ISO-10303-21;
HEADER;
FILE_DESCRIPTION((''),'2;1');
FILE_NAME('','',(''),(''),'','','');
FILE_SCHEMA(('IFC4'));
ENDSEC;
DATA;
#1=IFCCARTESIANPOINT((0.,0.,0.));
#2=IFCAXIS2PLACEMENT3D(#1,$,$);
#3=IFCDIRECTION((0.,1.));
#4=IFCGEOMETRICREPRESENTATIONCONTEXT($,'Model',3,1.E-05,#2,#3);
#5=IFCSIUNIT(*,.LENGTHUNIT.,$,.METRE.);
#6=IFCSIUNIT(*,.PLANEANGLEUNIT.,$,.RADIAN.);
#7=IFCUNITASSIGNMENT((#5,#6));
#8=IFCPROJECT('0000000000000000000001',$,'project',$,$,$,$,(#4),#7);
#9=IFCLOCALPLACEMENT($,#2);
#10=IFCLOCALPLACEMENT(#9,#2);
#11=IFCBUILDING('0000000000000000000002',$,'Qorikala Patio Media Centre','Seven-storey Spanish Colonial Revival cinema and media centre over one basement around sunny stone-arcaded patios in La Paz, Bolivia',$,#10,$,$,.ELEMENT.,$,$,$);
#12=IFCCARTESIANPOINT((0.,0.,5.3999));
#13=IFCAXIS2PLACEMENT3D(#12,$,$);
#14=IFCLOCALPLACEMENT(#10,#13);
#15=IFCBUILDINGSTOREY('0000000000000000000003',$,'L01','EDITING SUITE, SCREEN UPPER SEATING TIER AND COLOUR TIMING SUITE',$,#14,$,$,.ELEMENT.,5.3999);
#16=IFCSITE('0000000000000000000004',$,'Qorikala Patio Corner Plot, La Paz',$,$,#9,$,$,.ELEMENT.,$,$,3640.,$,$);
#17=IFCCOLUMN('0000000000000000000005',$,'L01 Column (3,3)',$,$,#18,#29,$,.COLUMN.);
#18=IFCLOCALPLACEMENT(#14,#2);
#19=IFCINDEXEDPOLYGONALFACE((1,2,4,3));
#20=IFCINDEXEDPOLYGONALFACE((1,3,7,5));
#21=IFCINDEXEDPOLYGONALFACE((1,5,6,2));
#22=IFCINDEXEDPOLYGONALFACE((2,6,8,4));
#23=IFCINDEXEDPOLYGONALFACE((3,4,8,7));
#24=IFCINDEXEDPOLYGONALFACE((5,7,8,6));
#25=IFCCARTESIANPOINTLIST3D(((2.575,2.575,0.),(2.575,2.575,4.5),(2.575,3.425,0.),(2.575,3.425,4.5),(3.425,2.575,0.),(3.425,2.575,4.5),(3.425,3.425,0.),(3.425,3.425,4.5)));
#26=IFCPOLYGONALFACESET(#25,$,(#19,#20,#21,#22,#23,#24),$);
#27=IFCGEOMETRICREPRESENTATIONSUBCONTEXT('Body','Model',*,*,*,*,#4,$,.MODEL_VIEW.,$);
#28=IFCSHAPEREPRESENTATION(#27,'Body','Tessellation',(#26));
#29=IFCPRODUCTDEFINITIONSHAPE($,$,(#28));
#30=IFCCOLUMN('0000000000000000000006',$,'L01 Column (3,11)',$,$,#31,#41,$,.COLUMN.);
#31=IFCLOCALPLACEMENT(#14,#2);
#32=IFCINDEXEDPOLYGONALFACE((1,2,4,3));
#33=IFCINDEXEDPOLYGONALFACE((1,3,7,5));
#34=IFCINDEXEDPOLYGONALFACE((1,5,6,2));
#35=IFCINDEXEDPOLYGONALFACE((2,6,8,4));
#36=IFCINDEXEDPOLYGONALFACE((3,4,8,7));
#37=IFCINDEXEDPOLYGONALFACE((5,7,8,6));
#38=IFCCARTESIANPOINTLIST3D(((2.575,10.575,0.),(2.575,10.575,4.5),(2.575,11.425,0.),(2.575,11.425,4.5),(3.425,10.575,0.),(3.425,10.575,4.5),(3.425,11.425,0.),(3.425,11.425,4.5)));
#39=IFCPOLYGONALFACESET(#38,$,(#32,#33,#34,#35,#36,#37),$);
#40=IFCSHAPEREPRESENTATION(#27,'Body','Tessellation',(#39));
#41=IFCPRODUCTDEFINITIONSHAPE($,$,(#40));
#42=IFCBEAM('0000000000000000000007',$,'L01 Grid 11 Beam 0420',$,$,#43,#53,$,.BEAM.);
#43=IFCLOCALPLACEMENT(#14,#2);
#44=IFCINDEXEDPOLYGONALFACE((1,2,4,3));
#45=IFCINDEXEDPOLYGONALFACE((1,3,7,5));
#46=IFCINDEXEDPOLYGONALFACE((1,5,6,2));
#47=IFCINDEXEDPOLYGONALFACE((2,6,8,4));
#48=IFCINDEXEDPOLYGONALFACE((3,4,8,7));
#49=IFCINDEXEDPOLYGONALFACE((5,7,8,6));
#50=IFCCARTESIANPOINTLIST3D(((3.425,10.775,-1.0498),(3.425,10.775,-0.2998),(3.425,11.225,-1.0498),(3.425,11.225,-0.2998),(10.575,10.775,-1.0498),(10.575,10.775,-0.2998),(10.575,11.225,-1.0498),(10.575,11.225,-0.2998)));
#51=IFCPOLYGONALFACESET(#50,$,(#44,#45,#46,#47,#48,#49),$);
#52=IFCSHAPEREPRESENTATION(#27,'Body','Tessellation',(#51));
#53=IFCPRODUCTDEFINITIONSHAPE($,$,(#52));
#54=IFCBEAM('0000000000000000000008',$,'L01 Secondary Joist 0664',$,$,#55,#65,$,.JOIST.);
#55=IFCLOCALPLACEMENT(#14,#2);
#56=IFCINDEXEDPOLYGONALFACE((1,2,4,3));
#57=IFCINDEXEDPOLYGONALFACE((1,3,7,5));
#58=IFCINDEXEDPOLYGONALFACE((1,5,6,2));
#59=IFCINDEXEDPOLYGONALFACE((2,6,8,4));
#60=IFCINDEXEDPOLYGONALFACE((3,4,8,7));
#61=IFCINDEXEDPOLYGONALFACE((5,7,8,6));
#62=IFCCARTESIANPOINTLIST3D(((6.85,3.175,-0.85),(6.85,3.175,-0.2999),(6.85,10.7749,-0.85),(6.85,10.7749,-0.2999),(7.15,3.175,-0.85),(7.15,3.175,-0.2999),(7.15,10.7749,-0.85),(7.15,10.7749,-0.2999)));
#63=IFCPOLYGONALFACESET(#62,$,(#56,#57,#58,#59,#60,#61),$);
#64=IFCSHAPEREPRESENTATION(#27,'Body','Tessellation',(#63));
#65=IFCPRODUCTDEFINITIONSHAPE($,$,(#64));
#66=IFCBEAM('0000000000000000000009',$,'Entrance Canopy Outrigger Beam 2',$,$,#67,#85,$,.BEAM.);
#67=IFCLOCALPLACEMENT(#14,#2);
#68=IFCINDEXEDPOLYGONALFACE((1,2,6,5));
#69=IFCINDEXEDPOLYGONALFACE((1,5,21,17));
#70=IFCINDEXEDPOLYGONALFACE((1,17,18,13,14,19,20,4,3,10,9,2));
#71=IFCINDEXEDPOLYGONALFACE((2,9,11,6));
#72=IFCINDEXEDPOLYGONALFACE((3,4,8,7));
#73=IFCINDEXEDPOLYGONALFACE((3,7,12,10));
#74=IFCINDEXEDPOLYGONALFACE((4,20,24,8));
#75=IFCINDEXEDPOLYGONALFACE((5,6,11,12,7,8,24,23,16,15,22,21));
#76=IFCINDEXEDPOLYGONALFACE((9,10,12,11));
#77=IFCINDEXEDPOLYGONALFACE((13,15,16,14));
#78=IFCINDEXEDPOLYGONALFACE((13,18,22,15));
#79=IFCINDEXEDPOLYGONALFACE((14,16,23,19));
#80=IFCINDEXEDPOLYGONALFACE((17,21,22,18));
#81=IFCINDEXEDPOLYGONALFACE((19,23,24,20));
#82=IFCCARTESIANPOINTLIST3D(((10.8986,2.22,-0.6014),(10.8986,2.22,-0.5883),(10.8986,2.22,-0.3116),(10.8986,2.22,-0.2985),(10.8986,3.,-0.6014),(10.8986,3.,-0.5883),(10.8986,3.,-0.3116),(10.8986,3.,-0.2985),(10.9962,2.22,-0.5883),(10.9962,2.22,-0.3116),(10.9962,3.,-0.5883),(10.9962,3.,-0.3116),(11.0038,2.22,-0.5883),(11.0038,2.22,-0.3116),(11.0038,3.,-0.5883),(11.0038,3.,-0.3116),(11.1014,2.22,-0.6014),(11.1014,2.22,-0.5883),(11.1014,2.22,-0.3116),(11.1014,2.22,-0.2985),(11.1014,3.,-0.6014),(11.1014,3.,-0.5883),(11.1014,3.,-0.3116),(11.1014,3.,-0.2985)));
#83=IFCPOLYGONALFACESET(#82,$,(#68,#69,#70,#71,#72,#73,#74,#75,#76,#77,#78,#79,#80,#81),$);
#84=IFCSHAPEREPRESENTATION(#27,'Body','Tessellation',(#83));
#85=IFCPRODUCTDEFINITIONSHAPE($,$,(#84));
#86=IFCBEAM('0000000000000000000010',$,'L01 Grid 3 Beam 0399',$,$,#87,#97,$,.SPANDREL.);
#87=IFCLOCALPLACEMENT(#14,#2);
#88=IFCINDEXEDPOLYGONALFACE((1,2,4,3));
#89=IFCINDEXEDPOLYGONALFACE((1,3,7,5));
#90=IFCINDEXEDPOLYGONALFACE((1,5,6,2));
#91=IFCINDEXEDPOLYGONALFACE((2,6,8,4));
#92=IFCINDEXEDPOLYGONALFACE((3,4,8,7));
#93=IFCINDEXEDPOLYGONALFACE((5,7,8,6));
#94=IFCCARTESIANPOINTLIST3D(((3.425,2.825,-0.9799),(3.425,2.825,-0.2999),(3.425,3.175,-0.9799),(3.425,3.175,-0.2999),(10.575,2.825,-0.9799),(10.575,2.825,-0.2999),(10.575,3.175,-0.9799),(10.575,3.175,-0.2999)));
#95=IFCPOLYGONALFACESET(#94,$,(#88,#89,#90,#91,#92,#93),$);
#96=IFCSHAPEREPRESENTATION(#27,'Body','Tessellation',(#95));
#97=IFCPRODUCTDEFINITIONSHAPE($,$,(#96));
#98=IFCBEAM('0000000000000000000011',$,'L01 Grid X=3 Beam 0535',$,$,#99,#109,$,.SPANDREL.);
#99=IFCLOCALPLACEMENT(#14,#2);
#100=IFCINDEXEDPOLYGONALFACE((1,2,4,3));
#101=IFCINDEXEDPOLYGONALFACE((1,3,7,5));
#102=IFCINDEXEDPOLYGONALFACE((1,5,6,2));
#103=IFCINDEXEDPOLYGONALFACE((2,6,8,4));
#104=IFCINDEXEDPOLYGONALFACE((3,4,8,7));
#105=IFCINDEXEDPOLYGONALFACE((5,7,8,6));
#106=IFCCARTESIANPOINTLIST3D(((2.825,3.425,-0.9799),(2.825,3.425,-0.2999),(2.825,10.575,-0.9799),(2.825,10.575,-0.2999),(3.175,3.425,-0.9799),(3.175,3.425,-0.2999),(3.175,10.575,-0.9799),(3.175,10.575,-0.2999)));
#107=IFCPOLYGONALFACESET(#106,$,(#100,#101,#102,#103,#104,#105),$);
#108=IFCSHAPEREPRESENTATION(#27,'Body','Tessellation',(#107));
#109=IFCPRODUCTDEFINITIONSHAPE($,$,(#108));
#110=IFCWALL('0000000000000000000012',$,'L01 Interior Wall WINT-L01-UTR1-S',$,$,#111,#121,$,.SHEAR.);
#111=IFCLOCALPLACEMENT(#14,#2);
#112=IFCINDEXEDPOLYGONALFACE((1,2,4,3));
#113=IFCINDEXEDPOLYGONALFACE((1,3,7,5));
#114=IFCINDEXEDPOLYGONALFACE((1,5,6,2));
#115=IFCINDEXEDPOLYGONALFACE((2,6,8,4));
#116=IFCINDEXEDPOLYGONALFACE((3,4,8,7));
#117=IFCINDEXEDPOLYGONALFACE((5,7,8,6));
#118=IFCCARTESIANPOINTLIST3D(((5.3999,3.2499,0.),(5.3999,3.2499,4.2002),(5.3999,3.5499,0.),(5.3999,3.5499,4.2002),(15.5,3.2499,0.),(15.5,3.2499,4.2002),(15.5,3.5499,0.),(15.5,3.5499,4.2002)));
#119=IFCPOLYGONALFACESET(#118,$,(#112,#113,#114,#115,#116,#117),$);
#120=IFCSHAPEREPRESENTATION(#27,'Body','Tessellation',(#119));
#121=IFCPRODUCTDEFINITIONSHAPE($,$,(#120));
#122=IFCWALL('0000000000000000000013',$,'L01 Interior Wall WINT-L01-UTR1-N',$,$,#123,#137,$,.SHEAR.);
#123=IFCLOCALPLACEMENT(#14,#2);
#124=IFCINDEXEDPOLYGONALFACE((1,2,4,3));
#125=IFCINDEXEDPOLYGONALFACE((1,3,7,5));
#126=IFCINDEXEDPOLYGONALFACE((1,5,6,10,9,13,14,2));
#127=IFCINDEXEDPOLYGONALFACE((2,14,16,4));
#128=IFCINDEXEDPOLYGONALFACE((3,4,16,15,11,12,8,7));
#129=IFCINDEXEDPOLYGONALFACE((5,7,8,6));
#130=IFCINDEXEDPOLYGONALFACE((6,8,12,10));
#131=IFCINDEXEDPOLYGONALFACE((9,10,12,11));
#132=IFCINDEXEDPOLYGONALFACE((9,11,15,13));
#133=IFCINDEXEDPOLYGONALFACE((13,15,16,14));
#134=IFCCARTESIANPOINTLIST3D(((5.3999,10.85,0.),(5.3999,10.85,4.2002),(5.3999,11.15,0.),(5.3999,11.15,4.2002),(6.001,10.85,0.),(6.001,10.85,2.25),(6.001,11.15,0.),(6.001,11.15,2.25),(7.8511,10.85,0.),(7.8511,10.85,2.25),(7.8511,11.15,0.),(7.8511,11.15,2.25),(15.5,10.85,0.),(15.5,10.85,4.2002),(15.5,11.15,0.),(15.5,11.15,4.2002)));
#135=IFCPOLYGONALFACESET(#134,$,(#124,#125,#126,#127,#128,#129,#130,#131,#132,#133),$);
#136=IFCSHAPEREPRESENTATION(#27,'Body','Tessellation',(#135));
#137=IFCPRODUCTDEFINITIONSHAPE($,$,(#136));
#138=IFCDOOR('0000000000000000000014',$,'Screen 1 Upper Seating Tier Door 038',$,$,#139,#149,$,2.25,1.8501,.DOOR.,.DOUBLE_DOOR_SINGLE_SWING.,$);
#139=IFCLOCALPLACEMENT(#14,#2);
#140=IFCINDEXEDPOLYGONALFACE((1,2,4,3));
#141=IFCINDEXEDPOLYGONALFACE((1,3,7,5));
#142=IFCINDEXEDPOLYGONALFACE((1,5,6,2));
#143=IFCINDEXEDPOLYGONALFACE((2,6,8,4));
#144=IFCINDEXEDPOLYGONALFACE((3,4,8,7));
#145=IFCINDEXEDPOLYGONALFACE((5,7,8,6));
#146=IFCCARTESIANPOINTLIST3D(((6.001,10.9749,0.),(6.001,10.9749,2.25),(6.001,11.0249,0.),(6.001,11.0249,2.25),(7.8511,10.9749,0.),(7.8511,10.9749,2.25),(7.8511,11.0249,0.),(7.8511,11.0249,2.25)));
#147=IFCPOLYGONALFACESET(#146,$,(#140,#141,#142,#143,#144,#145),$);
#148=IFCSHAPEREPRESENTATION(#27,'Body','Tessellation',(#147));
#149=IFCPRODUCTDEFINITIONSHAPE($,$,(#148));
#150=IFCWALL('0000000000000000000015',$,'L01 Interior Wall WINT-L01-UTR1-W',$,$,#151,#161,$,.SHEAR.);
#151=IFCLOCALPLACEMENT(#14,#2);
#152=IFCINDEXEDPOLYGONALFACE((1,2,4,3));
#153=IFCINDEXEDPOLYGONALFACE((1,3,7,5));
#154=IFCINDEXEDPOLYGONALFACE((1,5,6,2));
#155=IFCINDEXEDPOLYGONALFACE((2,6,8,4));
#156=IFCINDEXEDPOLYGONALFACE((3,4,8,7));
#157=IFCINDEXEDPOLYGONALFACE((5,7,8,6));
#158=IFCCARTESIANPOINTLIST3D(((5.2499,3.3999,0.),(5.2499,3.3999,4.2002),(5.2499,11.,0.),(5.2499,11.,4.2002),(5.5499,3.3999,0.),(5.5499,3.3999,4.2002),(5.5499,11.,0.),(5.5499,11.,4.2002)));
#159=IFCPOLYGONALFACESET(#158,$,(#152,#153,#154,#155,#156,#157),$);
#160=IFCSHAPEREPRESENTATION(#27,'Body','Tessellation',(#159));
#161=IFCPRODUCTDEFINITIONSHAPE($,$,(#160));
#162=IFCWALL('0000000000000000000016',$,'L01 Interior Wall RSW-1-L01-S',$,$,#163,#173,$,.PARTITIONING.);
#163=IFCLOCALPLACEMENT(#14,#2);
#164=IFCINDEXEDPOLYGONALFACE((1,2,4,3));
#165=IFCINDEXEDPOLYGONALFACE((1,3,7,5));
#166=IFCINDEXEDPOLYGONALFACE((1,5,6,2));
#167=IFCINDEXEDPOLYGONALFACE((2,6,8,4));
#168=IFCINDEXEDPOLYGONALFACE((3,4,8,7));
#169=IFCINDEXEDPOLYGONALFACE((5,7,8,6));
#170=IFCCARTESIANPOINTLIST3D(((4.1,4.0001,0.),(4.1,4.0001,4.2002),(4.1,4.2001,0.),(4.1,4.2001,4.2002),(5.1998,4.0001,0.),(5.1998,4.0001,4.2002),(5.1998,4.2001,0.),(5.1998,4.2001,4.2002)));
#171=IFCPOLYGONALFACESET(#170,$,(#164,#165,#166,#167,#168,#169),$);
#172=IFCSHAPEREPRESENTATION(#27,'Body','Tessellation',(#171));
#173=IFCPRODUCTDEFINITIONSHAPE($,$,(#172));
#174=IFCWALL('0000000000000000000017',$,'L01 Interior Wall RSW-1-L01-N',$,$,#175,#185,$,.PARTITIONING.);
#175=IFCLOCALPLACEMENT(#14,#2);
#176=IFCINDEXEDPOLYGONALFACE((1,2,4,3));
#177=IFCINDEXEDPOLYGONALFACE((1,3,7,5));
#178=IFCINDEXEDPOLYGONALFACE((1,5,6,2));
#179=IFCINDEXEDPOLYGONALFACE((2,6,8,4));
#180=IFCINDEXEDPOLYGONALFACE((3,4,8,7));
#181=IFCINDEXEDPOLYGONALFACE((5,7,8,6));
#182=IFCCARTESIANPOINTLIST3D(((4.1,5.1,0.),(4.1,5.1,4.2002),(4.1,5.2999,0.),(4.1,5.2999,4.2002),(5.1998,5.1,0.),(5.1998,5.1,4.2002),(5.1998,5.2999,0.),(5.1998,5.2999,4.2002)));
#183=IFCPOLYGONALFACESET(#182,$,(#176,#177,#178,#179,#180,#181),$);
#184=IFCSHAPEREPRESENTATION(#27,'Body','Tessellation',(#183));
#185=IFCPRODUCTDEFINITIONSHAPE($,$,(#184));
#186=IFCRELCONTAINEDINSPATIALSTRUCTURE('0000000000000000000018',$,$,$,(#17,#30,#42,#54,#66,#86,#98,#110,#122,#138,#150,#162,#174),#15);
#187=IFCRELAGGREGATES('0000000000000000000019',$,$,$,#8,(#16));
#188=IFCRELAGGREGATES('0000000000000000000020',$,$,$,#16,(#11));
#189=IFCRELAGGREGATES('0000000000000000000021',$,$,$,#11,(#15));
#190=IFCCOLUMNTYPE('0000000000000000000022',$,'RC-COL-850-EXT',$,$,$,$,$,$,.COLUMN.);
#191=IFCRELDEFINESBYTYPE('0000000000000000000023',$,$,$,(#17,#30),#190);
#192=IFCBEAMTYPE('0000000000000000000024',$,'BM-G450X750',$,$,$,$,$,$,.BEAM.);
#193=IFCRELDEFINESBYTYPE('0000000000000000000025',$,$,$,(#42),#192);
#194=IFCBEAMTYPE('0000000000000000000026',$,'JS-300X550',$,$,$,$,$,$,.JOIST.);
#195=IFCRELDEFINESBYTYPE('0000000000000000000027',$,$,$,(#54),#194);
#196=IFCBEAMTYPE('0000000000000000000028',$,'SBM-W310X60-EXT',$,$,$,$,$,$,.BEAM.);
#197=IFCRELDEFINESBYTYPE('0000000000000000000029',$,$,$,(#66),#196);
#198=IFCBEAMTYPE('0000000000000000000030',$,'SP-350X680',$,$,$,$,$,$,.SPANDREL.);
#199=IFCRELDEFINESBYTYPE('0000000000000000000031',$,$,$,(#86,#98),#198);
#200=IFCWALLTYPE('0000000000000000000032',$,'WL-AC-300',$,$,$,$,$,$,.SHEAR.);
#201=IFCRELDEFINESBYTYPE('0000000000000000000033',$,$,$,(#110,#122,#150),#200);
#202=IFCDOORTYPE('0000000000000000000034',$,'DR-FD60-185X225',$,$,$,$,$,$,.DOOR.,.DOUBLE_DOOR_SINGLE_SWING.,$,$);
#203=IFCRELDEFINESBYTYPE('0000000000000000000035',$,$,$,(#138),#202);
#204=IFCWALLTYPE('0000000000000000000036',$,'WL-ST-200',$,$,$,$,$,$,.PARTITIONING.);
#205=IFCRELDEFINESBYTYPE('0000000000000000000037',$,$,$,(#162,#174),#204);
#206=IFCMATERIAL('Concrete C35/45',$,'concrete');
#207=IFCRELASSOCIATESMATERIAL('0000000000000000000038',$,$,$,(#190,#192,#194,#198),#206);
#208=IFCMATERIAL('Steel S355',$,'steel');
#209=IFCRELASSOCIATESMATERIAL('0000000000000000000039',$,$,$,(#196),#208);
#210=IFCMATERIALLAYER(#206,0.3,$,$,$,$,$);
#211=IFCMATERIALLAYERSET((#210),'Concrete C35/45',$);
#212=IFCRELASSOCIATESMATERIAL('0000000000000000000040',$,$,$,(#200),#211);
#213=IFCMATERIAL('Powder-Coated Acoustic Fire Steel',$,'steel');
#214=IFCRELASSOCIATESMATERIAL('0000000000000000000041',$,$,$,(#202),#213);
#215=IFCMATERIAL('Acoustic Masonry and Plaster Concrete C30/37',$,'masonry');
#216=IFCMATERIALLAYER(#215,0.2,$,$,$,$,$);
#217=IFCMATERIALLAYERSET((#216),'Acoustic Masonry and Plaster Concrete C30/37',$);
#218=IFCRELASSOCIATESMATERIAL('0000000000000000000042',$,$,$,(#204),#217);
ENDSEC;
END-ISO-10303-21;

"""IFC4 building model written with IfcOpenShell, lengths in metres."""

from ifc_helpers import new_model, si_unit, direction, frame, frame_2d, origin, origin_2d, place, context, subcontext, project, spatial, rectangle, i_section, extrude, material, layer, layer_set, material_profile, profile_set, type_object, element, fill, save


model = new_model("IFC4")

# Units and contexts
model_context = context("Model", 3, precision=1e-05, world=origin(), true_north=direction((0.0, 1.0)))
body_context = subcontext(model_context, "Body", "Model", "MODEL_VIEW")
ifc_project = project(units=[si_unit("LENGTHUNIT", "METRE"), si_unit("PLANEANGLEUNIT", "RADIAN")], contexts=[model_context])

# Site, building, storey
site_placement = place(None, origin())
site = spatial("IfcSite", under=ifc_project, at=site_placement, Name="Qorikala Patio Corner Plot, La Paz", CompositionType="ELEMENT", RefElevation=3640.0)
building_placement = place(site_placement, origin())
building = spatial("IfcBuilding", under=site, at=building_placement, Name="Qorikala Patio Media Centre", Description="Seven-storey Spanish Colonial Revival cinema and media centre over one basement around sunny stone-arcaded patios in La Paz, Bolivia", CompositionType="ELEMENT")
storey_placement = place(building_placement, frame((0.0, 0.0, 5.3999)))
storey = spatial("IfcBuildingStorey", under=building, at=storey_placement, Name="L01", Description="EDITING SUITE, SCREEN UPPER SEATING TIER AND COLOUR TIMING SUITE", CompositionType="ELEMENT", Elevation=5.3999)

# Columns
ifc_material_1 = material(Name="Concrete C35/45", Category="concrete")
ifc_material_profile_1 = material_profile(ifc_material_1, rectangle(XDim=0.8501, YDim=0.8501, at=origin_2d()), Name="RC 850x850")
ifc_profile_set_1 = profile_set([ifc_material_profile_1], Name="Concrete C35/45")
column_type = type_object("IfcColumnType", Name="RC-COL-850-EXT", PredefinedType="COLUMN", material=ifc_profile_set_1)
for number, where, z_axis, x_axis, name in (
    (1, (3.0, 3.0, 0.0), (0.0, 0.0, 1.0), (1.0, 0.0, 0.0), "L01 Column (3,3)"),
    (2, (3.0, 11.0, 0.0), (0.0, 0.0, 1.0), (1.0, 0.0, 0.0), "L01 Column (3,11)"),
):
    element("IfcColumn", number, at=place(storey_placement, frame(where, z_axis=z_axis, x_axis=x_axis)), inside=storey, type_object=column_type, Name=name, PredefinedType="COLUMN", context=body_context, shape_type="SweptSolid", body=[
        extrude(rectangle(XDim=0.8501, YDim=0.8501, at=origin_2d()), origin(), (0.0, 0.0, 1.0), 4.5),
    ])

# Beams
ifc_material_profile_2 = material_profile(ifc_material_1, rectangle(XDim=0.45, YDim=0.75, at=origin_2d()), Name="RC 450x750")
ifc_profile_set_2 = profile_set([ifc_material_profile_2], Name="Concrete C35/45")
beam_type_1 = type_object("IfcBeamType", Name="BM-G450X750", PredefinedType="BEAM", material=ifc_profile_set_2)
beam_1_placement = place(storey_placement, frame((3.425, 11.0, -0.6748), z_axis=(1.0, 0.0, 0.0), x_axis=(0.0, 1.0, 0.0)))
element("IfcBeam", 3, at=beam_1_placement, inside=storey, type_object=beam_type_1, Name="L01 Grid 11 Beam 0420", PredefinedType="BEAM", context=body_context, shape_type="SweptSolid", body=[
    extrude(rectangle(XDim=0.45, YDim=0.75, at=origin_2d()), origin(), (0.0, 0.0, 1.0), 7.1499),
])
ifc_material_profile_3 = material_profile(ifc_material_1, rectangle(XDim=0.3, YDim=0.55, at=origin_2d()), Name="RC 300x550")
ifc_profile_set_3 = profile_set([ifc_material_profile_3], Name="Concrete C35/45")
beam_type_2 = type_object("IfcBeamType", Name="JS-300X550", PredefinedType="JOIST", material=ifc_profile_set_3)
beam_2_placement = place(storey_placement, frame((7.0, 3.175, -0.575), z_axis=(0.0, 1.0, 0.0), x_axis=(-1.0, 0.0, 0.0)))
element("IfcBeam", 4, at=beam_2_placement, inside=storey, type_object=beam_type_2, Name="L01 Secondary Joist 0664", PredefinedType="JOIST", context=body_context, shape_type="SweptSolid", body=[
    extrude(rectangle(XDim=0.3, YDim=0.55, at=origin_2d()), origin(), (0.0, 0.0, 1.0), 7.5999),
])
ifc_material_2 = material(Name="Steel S355", Category="steel")
ifc_material_profile_4 = material_profile(ifc_material_2, i_section(OverallWidth=0.2029, OverallDepth=0.303, WebThickness=0.0076, FlangeThickness=0.0132, at=origin_2d()), Name="W310X60")
ifc_profile_set_4 = profile_set([ifc_material_profile_4], Name="Steel S355")
beam_type_3 = type_object("IfcBeamType", Name="SBM-W310X60-EXT", PredefinedType="BEAM", material=ifc_profile_set_4)
beam_3_placement = place(storey_placement, frame((11.0, 2.22, -0.45), z_axis=(0.0, 1.0, 0.0), x_axis=(-1.0, 0.0, 0.0)))
element("IfcBeam", 5, at=beam_3_placement, inside=storey, type_object=beam_type_3, Name="Entrance Canopy Outrigger Beam 2", PredefinedType="BEAM", context=body_context, shape_type="SweptSolid", body=[
    extrude(i_section(OverallWidth=0.2029, OverallDepth=0.303, WebThickness=0.0076, FlangeThickness=0.0132, at=origin_2d()), origin(), (0.0, 0.0, 1.0), 0.78),
])
ifc_material_profile_5 = material_profile(ifc_material_1, rectangle(XDim=0.3501, YDim=0.6799, at=origin_2d()), Name="RC 350x680")
ifc_profile_set_5 = profile_set([ifc_material_profile_5], Name="Concrete C35/45")
beam_type_4 = type_object("IfcBeamType", Name="SP-350X680", PredefinedType="SPANDREL", material=ifc_profile_set_5)
for number, where, z_axis, x_axis, name in (
    (6, (3.425, 3.0, -0.6399), (1.0, 0.0, 0.0), (0.0, 1.0, 0.0), "L01 Grid 3 Beam 0399"),
    (7, (3.0, 3.425, -0.6399), (0.0, 1.0, 0.0), (-1.0, 0.0, 0.0), "L01 Grid X=3 Beam 0535"),
):
    element("IfcBeam", number, at=place(storey_placement, frame(where, z_axis=z_axis, x_axis=x_axis)), inside=storey, type_object=beam_type_4, Name=name, PredefinedType="SPANDREL", context=body_context, shape_type="SweptSolid", body=[
        extrude(rectangle(XDim=0.3501, YDim=0.6799, at=origin_2d()), origin(), (0.0, 0.0, 1.0), 7.1499),
    ])

# Wall
ifc_layer_1 = layer(ifc_material_1, 0.3)
ifc_layer_set_1 = layer_set([ifc_layer_1], Name="Concrete C35/45")
wall_type_1 = type_object("IfcWallType", Name="WL-AC-300", PredefinedType="SHEAR", material=ifc_layer_set_1)
wall_1_placement = place(storey_placement, frame((5.3999, 3.3999, 0.0), z_axis=(0.0, 0.0, 1.0), x_axis=(1.0, 0.0, 0.0)))
element("IfcWall", 8, at=wall_1_placement, inside=storey, type_object=wall_type_1, Name="L01 Interior Wall WINT-L01-UTR1-S", PredefinedType="SHEAR", context=body_context, shape_type="SweptSolid", body=[
    extrude(rectangle(XDim=10.1001, YDim=0.3, at=frame_2d((5.05, 0.0))), origin(), (0.0, 0.0, 1.0), 4.2002),
])

# Wall, opening, door
wall_2_placement = place(storey_placement, frame((5.3999, 11.0, 0.0), z_axis=(0.0, 0.0, 1.0), x_axis=(1.0, 0.0, 0.0)))
wall_2 = element("IfcWall", 9, at=wall_2_placement, inside=storey, type_object=wall_type_1, Name="L01 Interior Wall WINT-L01-UTR1-N", PredefinedType="SHEAR", context=body_context, shape_type="SweptSolid", body=[
    extrude(rectangle(XDim=10.1001, YDim=0.3, at=frame_2d((5.05, 0.0))), origin(), (0.0, 0.0, 1.0), 4.2002),
])
opening_1_placement = place(wall_2_placement, frame((0.6011, 0.0, 0.0)))
opening_1 = element("IfcOpeningElement", 10, at=opening_1_placement, cuts=wall_2, PredefinedType="OPENING", context=body_context, shape_type="SweptSolid", body=[
    extrude(rectangle(XDim=1.8501, YDim=2.25, at=frame_2d((0.925, 1.125))), frame((0.0, 0.1599, 0.0), z_axis=(0.0, -1.0, 0.0), x_axis=(1.0, 0.0, 0.0)), (0.0, 0.0, 1.0), 0.3201),
])
ifc_material_3 = material(Name="Powder-Coated Acoustic Fire Steel", Category="steel")
door_type = type_object("IfcDoorType", Name="DR-FD60-185X225", OperationType="DOUBLE_DOOR_SINGLE_SWING", PredefinedType="DOOR", material=ifc_material_3)
door_placement = place(opening_1_placement, origin())
door = element("IfcDoor", 11, at=door_placement, inside=storey, type_object=door_type, Name="Screen 1 Upper Seating Tier Door 038", OperationType="DOUBLE_DOOR_SINGLE_SWING", OverallHeight=2.25, OverallWidth=1.8501, PredefinedType="DOOR", context=body_context, shape_type="SweptSolid", body=[
    extrude(rectangle(XDim=1.8501, YDim=2.25, at=frame_2d((0.925, 1.125))), frame((0.0, 0.0249, 0.0), z_axis=(0.0, -1.0, 0.0), x_axis=(1.0, 0.0, 0.0)), (0.0, 0.0, 1.0), 0.05),
])
fill(opening_1, door)

# Walls
wall_3_placement = place(storey_placement, frame((5.3999, 3.3999, 0.0), z_axis=(0.0, 0.0, 1.0), x_axis=(0.0, 1.0, 0.0)))
element("IfcWall", 12, at=wall_3_placement, inside=storey, type_object=wall_type_1, Name="L01 Interior Wall WINT-L01-UTR1-W", PredefinedType="SHEAR", context=body_context, shape_type="SweptSolid", body=[
    extrude(rectangle(XDim=7.6001, YDim=0.3, at=frame_2d((3.8, 0.0))), origin(), (0.0, 0.0, 1.0), 4.2002),
])
ifc_material_4 = material(Name="Acoustic Masonry and Plaster Concrete C30/37", Category="masonry")
ifc_layer_2 = layer(ifc_material_4, 0.2)
ifc_layer_set_2 = layer_set([ifc_layer_2], Name="Acoustic Masonry and Plaster Concrete C30/37")
wall_type_2 = type_object("IfcWallType", Name="WL-ST-200", PredefinedType="PARTITIONING", material=ifc_layer_set_2)
for number, where, z_axis, x_axis, name in (
    (13, (4.1001, 4.1001, 0.0), (0.0, 0.0, 1.0), (1.0, 0.0, 0.0), "L01 Interior Wall RSW-1-L01-S"),
    (14, (4.1001, 5.2, 0.0), (0.0, 0.0, 1.0), (1.0, 0.0, 0.0), "L01 Interior Wall RSW-1-L01-N"),
):
    element("IfcWall", number, at=place(storey_placement, frame(where, z_axis=z_axis, x_axis=x_axis)), inside=storey, type_object=wall_type_2, Name=name, PredefinedType="PARTITIONING", context=body_context, shape_type="SweptSolid", body=[
        extrude(rectangle(XDim=1.0999, YDim=0.2, at=frame_2d((0.5498, 0.0))), origin(), (0.0, 0.0, 1.0), 4.2002),
    ])

save(model, "model.ifc")
